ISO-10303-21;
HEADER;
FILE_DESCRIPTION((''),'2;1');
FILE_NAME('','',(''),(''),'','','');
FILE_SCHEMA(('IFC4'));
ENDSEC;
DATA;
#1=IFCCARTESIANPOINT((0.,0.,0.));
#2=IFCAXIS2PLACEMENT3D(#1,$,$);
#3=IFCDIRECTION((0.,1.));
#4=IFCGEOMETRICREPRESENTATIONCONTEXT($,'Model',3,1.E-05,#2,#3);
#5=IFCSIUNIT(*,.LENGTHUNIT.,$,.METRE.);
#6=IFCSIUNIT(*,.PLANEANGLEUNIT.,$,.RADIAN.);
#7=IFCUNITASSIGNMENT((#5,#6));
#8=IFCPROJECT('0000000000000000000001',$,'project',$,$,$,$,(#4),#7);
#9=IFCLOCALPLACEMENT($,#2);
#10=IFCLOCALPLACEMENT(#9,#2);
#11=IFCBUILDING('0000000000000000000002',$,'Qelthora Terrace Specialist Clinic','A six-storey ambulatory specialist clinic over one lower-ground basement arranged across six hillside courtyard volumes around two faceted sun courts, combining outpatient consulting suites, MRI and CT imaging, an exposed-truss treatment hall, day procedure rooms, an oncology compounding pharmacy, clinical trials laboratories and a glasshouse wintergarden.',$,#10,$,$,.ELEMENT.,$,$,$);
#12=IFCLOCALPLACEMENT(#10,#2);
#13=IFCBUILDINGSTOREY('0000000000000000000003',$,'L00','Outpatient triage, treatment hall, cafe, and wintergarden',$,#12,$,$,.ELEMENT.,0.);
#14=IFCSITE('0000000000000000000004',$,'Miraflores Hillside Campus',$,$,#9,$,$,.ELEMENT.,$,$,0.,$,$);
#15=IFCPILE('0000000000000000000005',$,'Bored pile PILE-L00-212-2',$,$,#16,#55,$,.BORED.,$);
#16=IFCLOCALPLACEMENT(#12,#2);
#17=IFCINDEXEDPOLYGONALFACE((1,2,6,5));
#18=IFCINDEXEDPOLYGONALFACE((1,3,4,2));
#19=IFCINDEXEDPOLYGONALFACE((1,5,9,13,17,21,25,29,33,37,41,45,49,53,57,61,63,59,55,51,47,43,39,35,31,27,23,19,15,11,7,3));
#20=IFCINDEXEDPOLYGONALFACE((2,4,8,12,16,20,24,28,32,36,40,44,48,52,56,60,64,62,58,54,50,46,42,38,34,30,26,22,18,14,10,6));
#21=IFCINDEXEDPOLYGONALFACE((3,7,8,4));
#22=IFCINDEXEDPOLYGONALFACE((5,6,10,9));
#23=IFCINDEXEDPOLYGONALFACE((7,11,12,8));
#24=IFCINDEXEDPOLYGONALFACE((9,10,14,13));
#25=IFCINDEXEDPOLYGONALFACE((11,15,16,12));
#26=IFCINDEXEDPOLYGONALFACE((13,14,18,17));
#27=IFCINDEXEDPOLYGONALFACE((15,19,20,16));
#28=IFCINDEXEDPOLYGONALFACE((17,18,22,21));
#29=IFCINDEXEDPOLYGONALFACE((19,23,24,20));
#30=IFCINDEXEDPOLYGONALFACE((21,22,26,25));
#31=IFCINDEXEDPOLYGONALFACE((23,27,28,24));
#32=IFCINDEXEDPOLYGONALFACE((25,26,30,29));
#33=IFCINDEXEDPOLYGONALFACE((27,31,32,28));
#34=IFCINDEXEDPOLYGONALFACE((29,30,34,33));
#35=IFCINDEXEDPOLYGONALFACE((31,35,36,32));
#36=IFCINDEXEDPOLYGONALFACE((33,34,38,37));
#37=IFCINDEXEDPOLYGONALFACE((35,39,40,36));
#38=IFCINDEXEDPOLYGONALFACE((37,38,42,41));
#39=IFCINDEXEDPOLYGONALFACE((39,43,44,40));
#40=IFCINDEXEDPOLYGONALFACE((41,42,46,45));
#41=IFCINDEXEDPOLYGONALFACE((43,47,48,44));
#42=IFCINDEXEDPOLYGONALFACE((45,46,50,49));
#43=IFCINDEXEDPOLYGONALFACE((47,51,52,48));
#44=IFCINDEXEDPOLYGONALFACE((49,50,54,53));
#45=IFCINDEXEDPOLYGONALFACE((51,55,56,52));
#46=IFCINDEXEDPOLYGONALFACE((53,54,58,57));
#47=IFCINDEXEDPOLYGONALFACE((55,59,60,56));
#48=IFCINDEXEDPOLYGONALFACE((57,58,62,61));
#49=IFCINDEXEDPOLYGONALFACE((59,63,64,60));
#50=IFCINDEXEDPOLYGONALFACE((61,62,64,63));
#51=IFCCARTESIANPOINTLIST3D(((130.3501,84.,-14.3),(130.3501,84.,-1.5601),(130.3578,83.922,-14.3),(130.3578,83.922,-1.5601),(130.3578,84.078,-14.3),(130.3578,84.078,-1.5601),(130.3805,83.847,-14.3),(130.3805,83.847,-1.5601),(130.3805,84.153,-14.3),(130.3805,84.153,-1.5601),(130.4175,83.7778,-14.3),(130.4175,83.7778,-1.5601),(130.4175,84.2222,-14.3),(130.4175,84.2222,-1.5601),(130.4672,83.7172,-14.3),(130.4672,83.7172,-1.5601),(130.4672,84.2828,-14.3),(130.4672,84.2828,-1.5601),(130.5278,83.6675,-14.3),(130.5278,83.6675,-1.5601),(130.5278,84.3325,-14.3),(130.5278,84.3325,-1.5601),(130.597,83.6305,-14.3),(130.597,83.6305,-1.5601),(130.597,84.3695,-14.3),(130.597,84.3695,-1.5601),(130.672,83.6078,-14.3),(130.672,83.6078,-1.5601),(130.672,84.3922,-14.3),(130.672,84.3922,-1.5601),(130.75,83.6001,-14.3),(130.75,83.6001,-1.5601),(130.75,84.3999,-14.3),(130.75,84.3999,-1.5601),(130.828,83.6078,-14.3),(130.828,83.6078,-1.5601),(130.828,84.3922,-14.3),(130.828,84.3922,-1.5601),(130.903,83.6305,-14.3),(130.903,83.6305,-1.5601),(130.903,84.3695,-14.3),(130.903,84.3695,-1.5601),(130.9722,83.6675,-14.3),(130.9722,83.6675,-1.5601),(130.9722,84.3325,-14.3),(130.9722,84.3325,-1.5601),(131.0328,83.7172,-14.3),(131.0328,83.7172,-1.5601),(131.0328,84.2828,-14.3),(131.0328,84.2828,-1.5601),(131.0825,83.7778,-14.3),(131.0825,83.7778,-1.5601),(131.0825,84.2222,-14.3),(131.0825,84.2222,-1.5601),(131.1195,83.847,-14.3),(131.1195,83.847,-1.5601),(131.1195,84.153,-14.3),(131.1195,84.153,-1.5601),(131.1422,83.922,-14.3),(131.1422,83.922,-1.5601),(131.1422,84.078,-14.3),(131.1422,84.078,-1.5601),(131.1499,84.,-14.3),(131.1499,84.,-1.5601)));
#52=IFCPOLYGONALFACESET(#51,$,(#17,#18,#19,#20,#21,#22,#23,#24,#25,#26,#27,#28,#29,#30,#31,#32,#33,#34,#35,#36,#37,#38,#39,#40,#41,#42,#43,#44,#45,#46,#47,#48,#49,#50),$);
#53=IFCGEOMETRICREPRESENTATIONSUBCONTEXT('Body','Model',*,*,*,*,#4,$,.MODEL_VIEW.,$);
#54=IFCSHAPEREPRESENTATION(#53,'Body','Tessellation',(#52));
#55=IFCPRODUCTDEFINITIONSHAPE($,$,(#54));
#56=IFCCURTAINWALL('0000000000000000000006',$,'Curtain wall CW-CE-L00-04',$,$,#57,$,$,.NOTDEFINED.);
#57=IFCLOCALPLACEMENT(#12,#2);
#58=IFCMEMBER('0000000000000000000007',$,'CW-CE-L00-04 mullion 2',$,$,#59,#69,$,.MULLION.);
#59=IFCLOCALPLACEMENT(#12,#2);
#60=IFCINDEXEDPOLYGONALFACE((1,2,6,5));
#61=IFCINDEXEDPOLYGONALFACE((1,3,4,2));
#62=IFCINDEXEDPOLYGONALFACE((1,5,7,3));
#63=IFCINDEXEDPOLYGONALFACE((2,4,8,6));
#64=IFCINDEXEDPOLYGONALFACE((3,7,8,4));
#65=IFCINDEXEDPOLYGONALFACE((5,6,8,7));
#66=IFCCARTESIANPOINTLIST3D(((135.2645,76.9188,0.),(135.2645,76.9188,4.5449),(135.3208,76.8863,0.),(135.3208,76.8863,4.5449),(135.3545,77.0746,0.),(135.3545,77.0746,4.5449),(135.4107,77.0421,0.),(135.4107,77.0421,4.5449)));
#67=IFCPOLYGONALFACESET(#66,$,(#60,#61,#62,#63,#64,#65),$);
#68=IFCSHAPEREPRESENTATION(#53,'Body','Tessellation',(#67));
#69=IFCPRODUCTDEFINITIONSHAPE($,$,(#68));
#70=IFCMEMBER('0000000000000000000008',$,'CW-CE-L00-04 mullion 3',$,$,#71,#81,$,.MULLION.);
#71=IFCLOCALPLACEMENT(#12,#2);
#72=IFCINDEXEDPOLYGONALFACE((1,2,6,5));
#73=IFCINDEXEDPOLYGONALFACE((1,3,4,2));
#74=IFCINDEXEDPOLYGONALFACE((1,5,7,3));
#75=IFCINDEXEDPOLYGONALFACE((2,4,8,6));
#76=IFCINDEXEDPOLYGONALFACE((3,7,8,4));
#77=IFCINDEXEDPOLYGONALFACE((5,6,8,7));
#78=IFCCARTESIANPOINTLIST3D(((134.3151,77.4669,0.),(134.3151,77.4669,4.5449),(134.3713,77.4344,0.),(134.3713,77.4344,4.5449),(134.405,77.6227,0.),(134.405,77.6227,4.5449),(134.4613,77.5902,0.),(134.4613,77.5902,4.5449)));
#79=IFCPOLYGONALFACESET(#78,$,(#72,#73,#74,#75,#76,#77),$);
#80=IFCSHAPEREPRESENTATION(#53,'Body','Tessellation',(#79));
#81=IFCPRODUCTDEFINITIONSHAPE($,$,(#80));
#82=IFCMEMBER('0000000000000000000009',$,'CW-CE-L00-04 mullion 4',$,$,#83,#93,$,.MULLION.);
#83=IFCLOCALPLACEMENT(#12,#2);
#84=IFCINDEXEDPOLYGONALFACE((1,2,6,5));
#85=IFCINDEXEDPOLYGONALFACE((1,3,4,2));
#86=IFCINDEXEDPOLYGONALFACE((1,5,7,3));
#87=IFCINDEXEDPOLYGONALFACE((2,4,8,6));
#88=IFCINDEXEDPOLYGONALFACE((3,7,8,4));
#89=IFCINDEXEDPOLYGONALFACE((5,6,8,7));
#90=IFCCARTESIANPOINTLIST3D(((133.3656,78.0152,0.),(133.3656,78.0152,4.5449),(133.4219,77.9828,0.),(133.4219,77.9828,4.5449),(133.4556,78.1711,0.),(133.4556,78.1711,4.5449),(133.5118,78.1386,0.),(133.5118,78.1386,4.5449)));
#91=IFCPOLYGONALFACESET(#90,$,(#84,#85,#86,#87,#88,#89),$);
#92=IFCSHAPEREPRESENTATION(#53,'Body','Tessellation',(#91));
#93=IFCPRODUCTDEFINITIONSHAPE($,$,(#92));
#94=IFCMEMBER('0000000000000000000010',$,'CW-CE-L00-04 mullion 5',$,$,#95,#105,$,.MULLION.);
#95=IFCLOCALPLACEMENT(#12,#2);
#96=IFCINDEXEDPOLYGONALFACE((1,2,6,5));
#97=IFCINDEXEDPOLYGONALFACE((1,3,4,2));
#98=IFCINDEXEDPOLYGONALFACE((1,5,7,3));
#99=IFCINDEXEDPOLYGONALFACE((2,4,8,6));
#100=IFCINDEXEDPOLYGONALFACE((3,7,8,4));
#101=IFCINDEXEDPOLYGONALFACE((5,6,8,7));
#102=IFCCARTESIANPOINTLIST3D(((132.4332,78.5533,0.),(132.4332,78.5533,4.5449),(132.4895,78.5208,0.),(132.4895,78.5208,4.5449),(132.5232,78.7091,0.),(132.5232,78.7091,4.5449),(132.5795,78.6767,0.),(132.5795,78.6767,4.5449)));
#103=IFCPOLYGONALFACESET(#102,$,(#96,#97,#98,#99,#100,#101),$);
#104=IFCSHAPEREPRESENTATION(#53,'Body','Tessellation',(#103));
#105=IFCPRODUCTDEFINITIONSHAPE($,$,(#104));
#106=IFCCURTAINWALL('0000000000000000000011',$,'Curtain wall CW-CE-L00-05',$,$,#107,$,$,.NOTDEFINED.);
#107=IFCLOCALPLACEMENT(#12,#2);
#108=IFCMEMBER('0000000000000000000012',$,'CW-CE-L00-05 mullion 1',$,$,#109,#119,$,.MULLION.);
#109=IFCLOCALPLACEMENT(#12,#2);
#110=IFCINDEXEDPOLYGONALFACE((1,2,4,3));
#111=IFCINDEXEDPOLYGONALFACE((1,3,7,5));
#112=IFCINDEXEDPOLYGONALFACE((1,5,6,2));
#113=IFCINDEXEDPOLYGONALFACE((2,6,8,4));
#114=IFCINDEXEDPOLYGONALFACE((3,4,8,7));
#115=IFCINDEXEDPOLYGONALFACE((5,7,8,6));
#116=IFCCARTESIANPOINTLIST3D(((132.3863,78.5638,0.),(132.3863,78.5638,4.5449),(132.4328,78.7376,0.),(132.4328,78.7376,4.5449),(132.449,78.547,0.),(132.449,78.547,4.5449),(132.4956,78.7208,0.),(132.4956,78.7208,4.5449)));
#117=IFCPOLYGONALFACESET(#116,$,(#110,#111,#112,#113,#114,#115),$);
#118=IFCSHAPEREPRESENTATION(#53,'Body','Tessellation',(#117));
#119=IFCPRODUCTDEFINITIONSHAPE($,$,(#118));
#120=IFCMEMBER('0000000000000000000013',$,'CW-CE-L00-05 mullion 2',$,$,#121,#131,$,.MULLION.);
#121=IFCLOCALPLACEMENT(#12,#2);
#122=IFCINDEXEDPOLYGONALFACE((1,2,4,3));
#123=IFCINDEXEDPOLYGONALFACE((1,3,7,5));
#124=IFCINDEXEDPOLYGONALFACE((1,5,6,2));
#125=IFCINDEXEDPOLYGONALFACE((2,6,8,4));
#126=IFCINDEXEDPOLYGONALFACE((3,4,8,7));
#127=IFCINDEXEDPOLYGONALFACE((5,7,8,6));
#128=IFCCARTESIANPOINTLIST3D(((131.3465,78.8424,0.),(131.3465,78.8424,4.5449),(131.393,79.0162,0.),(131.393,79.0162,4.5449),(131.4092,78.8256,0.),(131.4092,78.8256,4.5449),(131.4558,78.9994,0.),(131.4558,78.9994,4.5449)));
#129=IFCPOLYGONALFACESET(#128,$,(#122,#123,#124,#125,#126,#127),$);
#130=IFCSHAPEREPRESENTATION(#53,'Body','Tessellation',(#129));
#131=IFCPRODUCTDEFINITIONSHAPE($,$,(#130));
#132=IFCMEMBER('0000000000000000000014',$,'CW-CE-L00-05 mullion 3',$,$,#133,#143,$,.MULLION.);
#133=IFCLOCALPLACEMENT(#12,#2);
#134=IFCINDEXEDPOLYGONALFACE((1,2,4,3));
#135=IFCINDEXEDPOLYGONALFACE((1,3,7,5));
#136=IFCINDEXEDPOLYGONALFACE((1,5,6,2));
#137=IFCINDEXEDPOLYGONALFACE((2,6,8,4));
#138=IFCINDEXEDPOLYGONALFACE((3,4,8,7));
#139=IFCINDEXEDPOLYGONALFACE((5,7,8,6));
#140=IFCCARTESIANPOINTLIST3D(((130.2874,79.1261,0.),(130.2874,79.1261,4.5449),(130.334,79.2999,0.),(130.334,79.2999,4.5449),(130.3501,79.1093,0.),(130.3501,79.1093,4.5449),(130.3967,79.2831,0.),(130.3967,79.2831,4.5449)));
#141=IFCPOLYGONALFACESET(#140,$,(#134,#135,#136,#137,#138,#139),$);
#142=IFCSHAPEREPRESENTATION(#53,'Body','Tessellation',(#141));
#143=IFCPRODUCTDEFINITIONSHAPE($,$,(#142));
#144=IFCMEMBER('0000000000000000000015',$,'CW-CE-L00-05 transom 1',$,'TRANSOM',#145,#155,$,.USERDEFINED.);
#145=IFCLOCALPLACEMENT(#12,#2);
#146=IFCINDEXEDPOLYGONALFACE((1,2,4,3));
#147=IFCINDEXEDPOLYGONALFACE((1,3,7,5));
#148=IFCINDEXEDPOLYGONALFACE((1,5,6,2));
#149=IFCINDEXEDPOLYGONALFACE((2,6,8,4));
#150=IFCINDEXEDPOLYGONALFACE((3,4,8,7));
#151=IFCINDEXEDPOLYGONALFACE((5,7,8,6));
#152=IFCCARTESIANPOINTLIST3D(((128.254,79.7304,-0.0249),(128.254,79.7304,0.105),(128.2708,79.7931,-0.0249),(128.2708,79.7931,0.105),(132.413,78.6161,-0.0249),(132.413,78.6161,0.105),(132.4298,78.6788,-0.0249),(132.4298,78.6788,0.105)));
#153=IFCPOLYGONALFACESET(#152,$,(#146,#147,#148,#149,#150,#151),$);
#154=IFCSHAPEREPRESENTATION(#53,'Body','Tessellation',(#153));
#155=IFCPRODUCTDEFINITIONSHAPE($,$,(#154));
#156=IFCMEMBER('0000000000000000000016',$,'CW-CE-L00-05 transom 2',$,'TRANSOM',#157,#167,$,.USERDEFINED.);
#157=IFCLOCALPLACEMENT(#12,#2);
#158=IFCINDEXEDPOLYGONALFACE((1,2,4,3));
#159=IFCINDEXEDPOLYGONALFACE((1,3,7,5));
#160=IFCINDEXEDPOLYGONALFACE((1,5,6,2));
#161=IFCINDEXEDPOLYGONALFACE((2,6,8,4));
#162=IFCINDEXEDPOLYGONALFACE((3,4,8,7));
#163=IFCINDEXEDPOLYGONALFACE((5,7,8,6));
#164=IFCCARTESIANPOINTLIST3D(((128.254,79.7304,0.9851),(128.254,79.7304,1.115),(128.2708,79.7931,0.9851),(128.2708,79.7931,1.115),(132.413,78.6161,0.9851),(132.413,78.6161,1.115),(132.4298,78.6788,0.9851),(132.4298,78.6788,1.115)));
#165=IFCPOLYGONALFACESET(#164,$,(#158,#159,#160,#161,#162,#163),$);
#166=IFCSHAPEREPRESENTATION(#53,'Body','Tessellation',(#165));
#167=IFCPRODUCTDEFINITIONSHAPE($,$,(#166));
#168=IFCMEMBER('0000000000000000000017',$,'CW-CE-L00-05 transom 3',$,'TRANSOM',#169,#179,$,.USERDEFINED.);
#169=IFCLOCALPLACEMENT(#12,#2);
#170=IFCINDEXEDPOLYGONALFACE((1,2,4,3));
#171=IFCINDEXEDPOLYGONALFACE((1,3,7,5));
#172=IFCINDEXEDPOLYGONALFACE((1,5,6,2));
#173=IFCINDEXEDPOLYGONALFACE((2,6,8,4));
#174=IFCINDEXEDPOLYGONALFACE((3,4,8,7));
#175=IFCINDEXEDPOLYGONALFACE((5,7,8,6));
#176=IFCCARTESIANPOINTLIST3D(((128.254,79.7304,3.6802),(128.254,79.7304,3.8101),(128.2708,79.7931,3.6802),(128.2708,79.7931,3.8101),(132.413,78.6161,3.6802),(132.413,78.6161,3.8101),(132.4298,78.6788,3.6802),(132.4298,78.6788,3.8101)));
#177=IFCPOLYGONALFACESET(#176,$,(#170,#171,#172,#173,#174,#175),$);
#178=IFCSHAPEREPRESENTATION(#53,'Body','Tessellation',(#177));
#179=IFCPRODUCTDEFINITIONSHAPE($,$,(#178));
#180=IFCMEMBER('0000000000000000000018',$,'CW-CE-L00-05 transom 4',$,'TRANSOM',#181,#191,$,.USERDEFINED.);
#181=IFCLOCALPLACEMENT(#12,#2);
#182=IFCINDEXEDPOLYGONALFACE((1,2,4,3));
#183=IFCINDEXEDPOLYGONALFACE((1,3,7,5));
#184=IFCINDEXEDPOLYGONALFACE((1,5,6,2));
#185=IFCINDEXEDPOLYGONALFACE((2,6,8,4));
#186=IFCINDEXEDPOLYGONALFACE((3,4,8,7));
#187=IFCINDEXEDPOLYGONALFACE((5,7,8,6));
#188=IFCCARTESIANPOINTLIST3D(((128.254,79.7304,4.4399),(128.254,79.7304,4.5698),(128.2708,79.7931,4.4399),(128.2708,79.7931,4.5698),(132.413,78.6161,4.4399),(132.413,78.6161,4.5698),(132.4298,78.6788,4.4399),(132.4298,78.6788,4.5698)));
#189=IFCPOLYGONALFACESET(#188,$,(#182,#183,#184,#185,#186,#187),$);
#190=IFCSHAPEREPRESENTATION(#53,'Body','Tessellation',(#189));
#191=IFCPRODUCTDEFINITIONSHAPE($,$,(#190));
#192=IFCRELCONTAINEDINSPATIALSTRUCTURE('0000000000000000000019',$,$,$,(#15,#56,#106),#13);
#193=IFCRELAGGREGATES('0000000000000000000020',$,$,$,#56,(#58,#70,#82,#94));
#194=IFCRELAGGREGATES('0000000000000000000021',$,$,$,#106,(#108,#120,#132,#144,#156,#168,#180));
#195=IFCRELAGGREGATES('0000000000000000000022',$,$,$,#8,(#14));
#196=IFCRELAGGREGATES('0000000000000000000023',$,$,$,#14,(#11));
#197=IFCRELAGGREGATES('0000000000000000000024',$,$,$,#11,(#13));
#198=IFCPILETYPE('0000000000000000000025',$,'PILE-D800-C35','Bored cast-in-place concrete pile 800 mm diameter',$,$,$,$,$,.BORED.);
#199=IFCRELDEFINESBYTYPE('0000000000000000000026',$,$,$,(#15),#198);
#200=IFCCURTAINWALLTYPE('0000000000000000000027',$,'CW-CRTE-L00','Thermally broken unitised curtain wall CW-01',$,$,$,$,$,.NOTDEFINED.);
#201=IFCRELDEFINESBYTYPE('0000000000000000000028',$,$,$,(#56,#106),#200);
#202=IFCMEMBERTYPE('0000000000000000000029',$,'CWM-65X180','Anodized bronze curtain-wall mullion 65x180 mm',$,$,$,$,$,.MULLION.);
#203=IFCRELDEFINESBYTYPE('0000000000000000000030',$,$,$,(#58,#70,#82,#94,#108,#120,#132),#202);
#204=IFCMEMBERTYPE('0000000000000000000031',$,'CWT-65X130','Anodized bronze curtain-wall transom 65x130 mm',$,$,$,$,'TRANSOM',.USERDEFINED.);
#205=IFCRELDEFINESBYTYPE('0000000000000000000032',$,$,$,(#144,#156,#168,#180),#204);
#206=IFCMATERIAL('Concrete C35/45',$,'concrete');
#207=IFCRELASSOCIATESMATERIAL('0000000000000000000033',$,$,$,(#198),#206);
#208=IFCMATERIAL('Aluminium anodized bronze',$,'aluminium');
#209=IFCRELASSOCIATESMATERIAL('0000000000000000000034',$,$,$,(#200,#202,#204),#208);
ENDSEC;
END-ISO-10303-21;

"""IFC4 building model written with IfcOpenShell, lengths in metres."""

from ifc_helpers import new_model, si_unit, direction, frame, origin, origin_2d, place, context, subcontext, project, spatial, rectangle, circle, extrude, material, material_profile, profile_set, type_object, element, aggregate, save


model = new_model("IFC4")

# Units and contexts
model_context = context("Model", 3, precision=1e-05, world=origin(), true_north=direction((0.0, 1.0)))
body_context = subcontext(model_context, "Body", "Model", "MODEL_VIEW")
ifc_project = project(units=[si_unit("LENGTHUNIT", "METRE"), si_unit("PLANEANGLEUNIT", "RADIAN")], contexts=[model_context])

# Site, building, storey
site_placement = place(None, origin())
site = spatial("IfcSite", under=ifc_project, at=site_placement, Name="Miraflores Hillside Campus", CompositionType="ELEMENT", RefElevation=0.0)
building_placement = place(site_placement, origin())
building = spatial("IfcBuilding", under=site, at=building_placement, Name="Qelthora Terrace Specialist Clinic", Description="A six-storey ambulatory specialist clinic over one lower-ground basement arranged across six hillside courtyard volumes around two faceted sun courts, combining outpatient consulting suites, MRI and CT imaging, an exposed-truss treatment hall, day procedure rooms, an oncology compounding pharmacy, clinical trials laboratories and a glasshouse wintergarden.", CompositionType="ELEMENT")
storey_placement = place(building_placement, origin())
storey = spatial("IfcBuildingStorey", under=building, at=storey_placement, Name="L00", Description="Outpatient triage, treatment hall, cafe, and wintergarden", CompositionType="ELEMENT", Elevation=0.0)

# Pile
ifc_material_1 = material(Name="Concrete C35/45", Category="concrete")
ifc_material_profile_1 = material_profile(ifc_material_1, circle(Radius=0.3999, at=origin_2d()), Name="PILE800")
ifc_profile_set_1 = profile_set([ifc_material_profile_1], Name="Concrete C35/45")
pile_type = type_object("IfcPileType", Name="PILE-D800-C35", Description="Bored cast-in-place concrete pile 800 mm diameter", PredefinedType="BORED", material=ifc_profile_set_1)
pile_placement = place(storey_placement, frame((130.75, 84.0, -1.5601), z_axis=(0.0, 0.0, -1.0), x_axis=(1.0, 0.0, 0.0)))
element("IfcPile", 1, at=pile_placement, inside=storey, type_object=pile_type, Name="Bored pile PILE-L00-212-2", PredefinedType="BORED", context=body_context, shape_type="SweptSolid", body=[
    extrude(circle(Radius=0.3999, at=origin_2d()), origin(), (0.0, 0.0, 1.0), 12.74),
])

# Curtain walls, members
ifc_material_2 = material(Name="Aluminium anodized bronze", Category="aluminium")
curtain_wall_type = type_object("IfcCurtainWallType", Name="CW-CRTE-L00", Description="Thermally broken unitised curtain wall CW-01", PredefinedType="NOTDEFINED", material=ifc_material_2)
curtain_wall_1_placement = place(storey_placement, origin())
curtain_wall_1 = element("IfcCurtainWall", 2, at=curtain_wall_1_placement, inside=storey, type_object=curtain_wall_type, Name="Curtain wall CW-CE-L00-04", PredefinedType="NOTDEFINED")
ifc_material_profile_2 = material_profile(ifc_material_2, rectangle(XDim=0.0649, YDim=0.1799, at=origin_2d()), Name="CWM65X180")
ifc_profile_set_2 = profile_set([ifc_material_profile_2], Name="Aluminium anodized bronze")
member_type_1 = type_object("IfcMemberType", Name="CWM-65X180", Description="Anodized bronze curtain-wall mullion 65x180 mm", PredefinedType="MULLION", material=ifc_profile_set_2)
member_1_placement = place(storey_placement, frame((135.3376, 76.9805, 0.0), z_axis=(0.0, 0.0, 1.0), x_axis=(-0.866025, 0.5, 0.0)))
member_1 = element("IfcMember", 3, at=member_1_placement, type_object=member_type_1, Name="CW-CE-L00-04 mullion 2", PredefinedType="MULLION", context=body_context, shape_type="SweptSolid", body=[
    extrude(rectangle(XDim=0.0649, YDim=0.1799, at=origin_2d()), origin(), (0.0, 0.0, 1.0), 4.5449),
])
member_2_placement = place(storey_placement, frame((134.3882, 77.5286, 0.0), z_axis=(0.0, 0.0, 1.0), x_axis=(-0.866025, 0.5, 0.0)))
member_2 = element("IfcMember", 4, at=member_2_placement, type_object=member_type_1, Name="CW-CE-L00-04 mullion 3", PredefinedType="MULLION", context=body_context, shape_type="SweptSolid", body=[
    extrude(rectangle(XDim=0.0649, YDim=0.1799, at=origin_2d()), origin(), (0.0, 0.0, 1.0), 4.5449),
])
member_3_placement = place(storey_placement, frame((133.4387, 78.0769, 0.0), z_axis=(0.0, 0.0, 1.0), x_axis=(-0.866025, 0.5, 0.0)))
member_3 = element("IfcMember", 5, at=member_3_placement, type_object=member_type_1, Name="CW-CE-L00-04 mullion 4", PredefinedType="MULLION", context=body_context, shape_type="SweptSolid", body=[
    extrude(rectangle(XDim=0.0649, YDim=0.1799, at=origin_2d()), origin(), (0.0, 0.0, 1.0), 4.5449),
])
member_4_placement = place(storey_placement, frame((132.5063, 78.615, 0.0), z_axis=(0.0, 0.0, 1.0), x_axis=(-0.866025, 0.5, 0.0)))
member_4 = element("IfcMember", 6, at=member_4_placement, type_object=member_type_1, Name="CW-CE-L00-04 mullion 5", PredefinedType="MULLION", context=body_context, shape_type="SweptSolid", body=[
    extrude(rectangle(XDim=0.0649, YDim=0.1799, at=origin_2d()), origin(), (0.0, 0.0, 1.0), 4.5449),
])
curtain_wall_2_placement = place(storey_placement, origin())
curtain_wall_2 = element("IfcCurtainWall", 7, at=curtain_wall_2_placement, inside=storey, type_object=curtain_wall_type, Name="Curtain wall CW-CE-L00-05", PredefinedType="NOTDEFINED")
member_5_placement = place(storey_placement, frame((132.4409, 78.6423, 0.0), z_axis=(0.0, 0.0, 1.0), x_axis=(-0.965926, 0.25882, 0.0)))
member_5 = element("IfcMember", 8, at=member_5_placement, type_object=member_type_1, Name="CW-CE-L00-05 mullion 1", PredefinedType="MULLION", context=body_context, shape_type="SweptSolid", body=[
    extrude(rectangle(XDim=0.0649, YDim=0.1799, at=origin_2d()), origin(), (0.0, 0.0, 1.0), 4.5449),
])
member_6_placement = place(storey_placement, frame((131.4011, 78.9209, 0.0), z_axis=(0.0, 0.0, 1.0), x_axis=(-0.965926, 0.25882, 0.0)))
member_6 = element("IfcMember", 9, at=member_6_placement, type_object=member_type_1, Name="CW-CE-L00-05 mullion 2", PredefinedType="MULLION", context=body_context, shape_type="SweptSolid", body=[
    extrude(rectangle(XDim=0.0649, YDim=0.1799, at=origin_2d()), origin(), (0.0, 0.0, 1.0), 4.5449),
])
member_7_placement = place(storey_placement, frame((130.342, 79.2046, 0.0), z_axis=(0.0, 0.0, 1.0), x_axis=(-0.965926, 0.25882, 0.0)))
member_7 = element("IfcMember", 10, at=member_7_placement, type_object=member_type_1, Name="CW-CE-L00-05 mullion 3", PredefinedType="MULLION", context=body_context, shape_type="SweptSolid", body=[
    extrude(rectangle(XDim=0.0649, YDim=0.1799, at=origin_2d()), origin(), (0.0, 0.0, 1.0), 4.5449),
])
ifc_material_profile_3 = material_profile(ifc_material_2, rectangle(XDim=0.0649, YDim=0.1299, at=origin_2d()), Name="CWT65X130")
ifc_profile_set_3 = profile_set([ifc_material_profile_3], Name="Aluminium anodized bronze")
member_type_2 = type_object("IfcMemberType", Name="CWT-65X130", Description="Anodized bronze curtain-wall transom 65x130 mm", ElementType="TRANSOM", PredefinedType="USERDEFINED", material=ifc_profile_set_3)
member_8_placement = place(storey_placement, frame((132.4214, 78.6475, 0.04), z_axis=(-0.965933, 0.258792, 0.0), x_axis=(-0.258792, -0.965933, 0.0)))
member_8 = element("IfcMember", 11, at=member_8_placement, type_object=member_type_2, Name="CW-CE-L00-05 transom 1", ObjectType="TRANSOM", PredefinedType="USERDEFINED", context=body_context, shape_type="SweptSolid", body=[
    extrude(rectangle(XDim=0.0649, YDim=0.1299, at=origin_2d()), origin(), (0.0, 0.0, 1.0), 4.3057),
])
member_9_placement = place(storey_placement, frame((132.4214, 78.6475, 1.05), z_axis=(-0.965933, 0.258792, 0.0), x_axis=(-0.258792, -0.965933, 0.0)))
member_9 = element("IfcMember", 12, at=member_9_placement, type_object=member_type_2, Name="CW-CE-L00-05 transom 2", ObjectType="TRANSOM", PredefinedType="USERDEFINED", context=body_context, shape_type="SweptSolid", body=[
    extrude(rectangle(XDim=0.0649, YDim=0.1299, at=origin_2d()), origin(), (0.0, 0.0, 1.0), 4.3057),
])
member_10_placement = place(storey_placement, frame((132.4214, 78.6475, 3.7451), z_axis=(-0.965933, 0.258792, 0.0), x_axis=(-0.258792, -0.965933, 0.0)))
member_10 = element("IfcMember", 13, at=member_10_placement, type_object=member_type_2, Name="CW-CE-L00-05 transom 3", ObjectType="TRANSOM", PredefinedType="USERDEFINED", context=body_context, shape_type="SweptSolid", body=[
    extrude(rectangle(XDim=0.0649, YDim=0.1299, at=origin_2d()), origin(), (0.0, 0.0, 1.0), 4.3057),
])
member_11_placement = place(storey_placement, frame((132.4214, 78.6475, 4.5049), z_axis=(-0.965933, 0.258792, 0.0), x_axis=(-0.258792, -0.965933, 0.0)))
member_11 = element("IfcMember", 14, at=member_11_placement, type_object=member_type_2, Name="CW-CE-L00-05 transom 4", ObjectType="TRANSOM", PredefinedType="USERDEFINED", context=body_context, shape_type="SweptSolid", body=[
    extrude(rectangle(XDim=0.0649, YDim=0.1299, at=origin_2d()), origin(), (0.0, 0.0, 1.0), 4.3057),
])

aggregate(curtain_wall_1, [member_1, member_2, member_3, member_4])
aggregate(curtain_wall_2, [member_5, member_6, member_7, member_8, member_9, member_10, member_11])

save(model, "model.ifc")
